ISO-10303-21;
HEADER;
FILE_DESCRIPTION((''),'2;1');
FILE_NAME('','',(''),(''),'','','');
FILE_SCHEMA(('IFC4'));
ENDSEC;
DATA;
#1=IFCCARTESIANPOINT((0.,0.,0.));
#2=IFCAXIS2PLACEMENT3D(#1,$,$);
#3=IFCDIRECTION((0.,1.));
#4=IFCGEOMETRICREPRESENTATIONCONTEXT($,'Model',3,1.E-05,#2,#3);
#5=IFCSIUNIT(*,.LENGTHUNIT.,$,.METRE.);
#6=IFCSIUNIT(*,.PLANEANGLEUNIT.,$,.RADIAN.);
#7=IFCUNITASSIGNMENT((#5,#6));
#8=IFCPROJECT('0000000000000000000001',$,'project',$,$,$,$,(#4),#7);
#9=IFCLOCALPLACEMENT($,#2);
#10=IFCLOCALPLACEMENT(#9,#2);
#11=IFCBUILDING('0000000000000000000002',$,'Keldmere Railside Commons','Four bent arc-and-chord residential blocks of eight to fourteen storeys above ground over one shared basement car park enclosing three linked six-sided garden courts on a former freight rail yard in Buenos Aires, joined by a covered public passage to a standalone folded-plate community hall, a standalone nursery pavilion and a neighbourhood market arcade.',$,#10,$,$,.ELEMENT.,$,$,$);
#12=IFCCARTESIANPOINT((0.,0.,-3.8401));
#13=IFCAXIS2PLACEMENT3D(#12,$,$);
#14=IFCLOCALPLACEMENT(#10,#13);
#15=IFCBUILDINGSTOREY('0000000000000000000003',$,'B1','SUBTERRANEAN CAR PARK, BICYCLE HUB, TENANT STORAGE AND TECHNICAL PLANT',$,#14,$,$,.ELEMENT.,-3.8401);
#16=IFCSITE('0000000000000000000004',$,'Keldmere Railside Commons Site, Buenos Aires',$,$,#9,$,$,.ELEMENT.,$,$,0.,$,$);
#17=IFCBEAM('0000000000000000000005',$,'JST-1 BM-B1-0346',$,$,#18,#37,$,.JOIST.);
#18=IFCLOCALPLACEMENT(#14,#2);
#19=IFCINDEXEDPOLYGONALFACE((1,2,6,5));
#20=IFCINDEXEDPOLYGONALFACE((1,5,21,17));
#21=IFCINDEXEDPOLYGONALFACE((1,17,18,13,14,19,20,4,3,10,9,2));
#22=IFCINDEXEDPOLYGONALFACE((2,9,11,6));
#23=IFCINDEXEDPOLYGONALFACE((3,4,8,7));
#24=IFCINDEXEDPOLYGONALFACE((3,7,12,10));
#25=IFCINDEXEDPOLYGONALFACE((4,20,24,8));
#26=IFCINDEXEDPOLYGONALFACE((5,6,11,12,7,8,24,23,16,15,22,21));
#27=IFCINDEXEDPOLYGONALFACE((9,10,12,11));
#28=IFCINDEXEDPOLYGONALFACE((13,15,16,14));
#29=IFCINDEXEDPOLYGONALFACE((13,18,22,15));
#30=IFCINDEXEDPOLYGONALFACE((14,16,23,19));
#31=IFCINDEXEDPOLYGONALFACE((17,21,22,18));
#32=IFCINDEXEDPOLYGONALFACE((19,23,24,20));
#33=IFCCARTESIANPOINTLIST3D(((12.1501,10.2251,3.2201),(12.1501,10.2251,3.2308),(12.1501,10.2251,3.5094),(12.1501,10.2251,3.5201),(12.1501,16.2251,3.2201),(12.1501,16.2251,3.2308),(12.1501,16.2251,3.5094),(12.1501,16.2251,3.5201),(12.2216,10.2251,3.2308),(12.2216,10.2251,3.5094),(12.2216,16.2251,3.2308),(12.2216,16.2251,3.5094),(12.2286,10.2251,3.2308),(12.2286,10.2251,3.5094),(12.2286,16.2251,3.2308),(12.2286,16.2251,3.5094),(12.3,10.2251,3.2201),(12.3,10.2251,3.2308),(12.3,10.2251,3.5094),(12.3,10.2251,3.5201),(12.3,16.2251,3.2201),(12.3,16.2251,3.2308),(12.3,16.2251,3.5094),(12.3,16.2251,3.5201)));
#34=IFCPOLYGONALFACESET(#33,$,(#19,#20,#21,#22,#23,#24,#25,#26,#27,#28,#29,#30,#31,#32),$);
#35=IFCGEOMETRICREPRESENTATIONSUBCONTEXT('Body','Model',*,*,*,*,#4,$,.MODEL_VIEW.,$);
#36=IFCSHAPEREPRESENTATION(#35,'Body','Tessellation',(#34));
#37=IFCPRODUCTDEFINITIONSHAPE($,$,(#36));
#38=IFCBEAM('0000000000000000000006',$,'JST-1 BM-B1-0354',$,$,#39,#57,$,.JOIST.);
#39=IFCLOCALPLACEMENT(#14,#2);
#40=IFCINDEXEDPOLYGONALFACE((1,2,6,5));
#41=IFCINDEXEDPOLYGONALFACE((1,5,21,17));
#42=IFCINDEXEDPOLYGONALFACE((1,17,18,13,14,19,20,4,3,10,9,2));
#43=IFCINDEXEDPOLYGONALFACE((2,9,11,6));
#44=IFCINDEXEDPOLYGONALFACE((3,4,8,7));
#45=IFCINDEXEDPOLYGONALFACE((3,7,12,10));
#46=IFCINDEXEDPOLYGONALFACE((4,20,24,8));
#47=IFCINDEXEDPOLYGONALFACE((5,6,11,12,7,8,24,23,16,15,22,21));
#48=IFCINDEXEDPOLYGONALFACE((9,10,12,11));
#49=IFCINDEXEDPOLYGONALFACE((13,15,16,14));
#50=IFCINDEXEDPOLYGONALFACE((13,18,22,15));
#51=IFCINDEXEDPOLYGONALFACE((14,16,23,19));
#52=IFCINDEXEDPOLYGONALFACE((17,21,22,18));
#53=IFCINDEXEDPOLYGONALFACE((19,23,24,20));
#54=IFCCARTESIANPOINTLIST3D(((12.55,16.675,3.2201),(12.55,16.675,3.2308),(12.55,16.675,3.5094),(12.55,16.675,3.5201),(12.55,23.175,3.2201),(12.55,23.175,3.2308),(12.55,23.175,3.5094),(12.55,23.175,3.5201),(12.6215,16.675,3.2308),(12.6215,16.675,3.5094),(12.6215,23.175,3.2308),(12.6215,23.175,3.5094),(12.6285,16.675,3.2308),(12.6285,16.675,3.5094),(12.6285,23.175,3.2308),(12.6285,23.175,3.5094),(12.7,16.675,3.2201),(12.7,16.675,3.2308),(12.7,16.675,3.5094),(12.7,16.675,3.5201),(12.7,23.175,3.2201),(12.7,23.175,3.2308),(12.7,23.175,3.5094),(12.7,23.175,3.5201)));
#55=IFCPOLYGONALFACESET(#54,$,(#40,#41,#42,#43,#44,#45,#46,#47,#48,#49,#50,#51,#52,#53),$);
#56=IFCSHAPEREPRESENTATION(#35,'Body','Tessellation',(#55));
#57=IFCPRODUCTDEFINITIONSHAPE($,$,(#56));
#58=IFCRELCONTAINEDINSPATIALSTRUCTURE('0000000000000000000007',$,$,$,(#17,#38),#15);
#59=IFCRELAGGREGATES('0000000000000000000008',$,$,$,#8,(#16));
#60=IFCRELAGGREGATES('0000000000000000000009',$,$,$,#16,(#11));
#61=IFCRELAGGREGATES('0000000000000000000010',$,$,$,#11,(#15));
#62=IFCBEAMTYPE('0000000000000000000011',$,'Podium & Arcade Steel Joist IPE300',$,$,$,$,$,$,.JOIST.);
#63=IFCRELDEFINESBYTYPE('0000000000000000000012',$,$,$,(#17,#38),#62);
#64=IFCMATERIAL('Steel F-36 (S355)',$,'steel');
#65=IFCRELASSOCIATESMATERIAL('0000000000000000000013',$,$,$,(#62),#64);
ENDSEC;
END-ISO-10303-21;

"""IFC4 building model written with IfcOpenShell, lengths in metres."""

from ifc_helpers import new_model, si_unit, direction, frame, origin, origin_2d, place, context, subcontext, project, spatial, i_section, extrude, material, material_profile, profile_set, type_object, element, save


model = new_model("IFC4")

# Units and contexts
model_context = context("Model", 3, precision=1e-05, world=origin(), true_north=direction((0.0, 1.0)))
body_context = subcontext(model_context, "Body", "Model", "MODEL_VIEW")
ifc_project = project(units=[si_unit("LENGTHUNIT", "METRE"), si_unit("PLANEANGLEUNIT", "RADIAN")], contexts=[model_context])

# Site, building, storey
site_placement = place(None, origin())
site = spatial("IfcSite", under=ifc_project, at=site_placement, Name="Keldmere Railside Commons Site, Buenos Aires", CompositionType="ELEMENT", RefElevation=0.0)
building_placement = place(site_placement, origin())
building = spatial("IfcBuilding", under=site, at=building_placement, Name="Keldmere Railside Commons", Description="Four bent arc-and-chord residential blocks of eight to fourteen storeys above ground over one shared basement car park enclosing three linked six-sided garden courts on a former freight rail yard in Buenos Aires, joined by a covered public passage to a standalone folded-plate community hall, a standalone nursery pavilion and a neighbourhood market arcade.", CompositionType="ELEMENT")
storey_placement = place(building_placement, frame((0.0, 0.0, -3.8401)))
storey = spatial("IfcBuildingStorey", under=building, at=storey_placement, Name="B1", Description="SUBTERRANEAN CAR PARK, BICYCLE HUB, TENANT STORAGE AND TECHNICAL PLANT", CompositionType="ELEMENT", Elevation=-3.8401)

# Beams
ifc_material_1 = material(Name="Steel F-36 (S355)", Category="steel")
ifc_material_profile_1 = material_profile(ifc_material_1, i_section(OverallWidth=0.1499, OverallDepth=0.3, WebThickness=0.0071, FlangeThickness=0.0107, at=origin_2d()), Name="IPE-300")
ifc_profile_set_1 = profile_set([ifc_material_profile_1], Name="Steel F-36 (S355)")
beam_type_1 = type_object("IfcBeamType", Name="Podium & Arcade Steel Joist IPE300", PredefinedType="JOIST", material=ifc_profile_set_1)
beam_1_placement = place(storey_placement, frame((12.2251, 10.2251, 3.3701), z_axis=(0.0, 1.0, 0.0), x_axis=(-1.0, 0.0, 0.0)))
element("IfcBeam", 1, at=beam_1_placement, inside=storey, type_object=beam_type_1, Name="JST-1 BM-B1-0346", PredefinedType="JOIST", context=body_context, shape_type="SweptSolid", body=[
    extrude(i_section(OverallWidth=0.1499, OverallDepth=0.3, WebThickness=0.0071, FlangeThickness=0.0107, at=origin_2d()), origin(), (0.0, 0.0, 1.0), 6.0),
])
beam_2_placement = place(storey_placement, frame((12.625, 16.675, 3.3701), z_axis=(0.0, 1.0, 0.0), x_axis=(-1.0, 0.0, 0.0)))
element("IfcBeam", 2, at=beam_2_placement, inside=storey, type_object=beam_type_1, Name="JST-1 BM-B1-0354", PredefinedType="JOIST", context=body_context, shape_type="SweptSolid", body=[
    extrude(i_section(OverallWidth=0.1499, OverallDepth=0.3, WebThickness=0.0071, FlangeThickness=0.0107, at=origin_2d()), origin(), (0.0, 0.0, 1.0), 6.5),
])

save(model, "model.ifc")
